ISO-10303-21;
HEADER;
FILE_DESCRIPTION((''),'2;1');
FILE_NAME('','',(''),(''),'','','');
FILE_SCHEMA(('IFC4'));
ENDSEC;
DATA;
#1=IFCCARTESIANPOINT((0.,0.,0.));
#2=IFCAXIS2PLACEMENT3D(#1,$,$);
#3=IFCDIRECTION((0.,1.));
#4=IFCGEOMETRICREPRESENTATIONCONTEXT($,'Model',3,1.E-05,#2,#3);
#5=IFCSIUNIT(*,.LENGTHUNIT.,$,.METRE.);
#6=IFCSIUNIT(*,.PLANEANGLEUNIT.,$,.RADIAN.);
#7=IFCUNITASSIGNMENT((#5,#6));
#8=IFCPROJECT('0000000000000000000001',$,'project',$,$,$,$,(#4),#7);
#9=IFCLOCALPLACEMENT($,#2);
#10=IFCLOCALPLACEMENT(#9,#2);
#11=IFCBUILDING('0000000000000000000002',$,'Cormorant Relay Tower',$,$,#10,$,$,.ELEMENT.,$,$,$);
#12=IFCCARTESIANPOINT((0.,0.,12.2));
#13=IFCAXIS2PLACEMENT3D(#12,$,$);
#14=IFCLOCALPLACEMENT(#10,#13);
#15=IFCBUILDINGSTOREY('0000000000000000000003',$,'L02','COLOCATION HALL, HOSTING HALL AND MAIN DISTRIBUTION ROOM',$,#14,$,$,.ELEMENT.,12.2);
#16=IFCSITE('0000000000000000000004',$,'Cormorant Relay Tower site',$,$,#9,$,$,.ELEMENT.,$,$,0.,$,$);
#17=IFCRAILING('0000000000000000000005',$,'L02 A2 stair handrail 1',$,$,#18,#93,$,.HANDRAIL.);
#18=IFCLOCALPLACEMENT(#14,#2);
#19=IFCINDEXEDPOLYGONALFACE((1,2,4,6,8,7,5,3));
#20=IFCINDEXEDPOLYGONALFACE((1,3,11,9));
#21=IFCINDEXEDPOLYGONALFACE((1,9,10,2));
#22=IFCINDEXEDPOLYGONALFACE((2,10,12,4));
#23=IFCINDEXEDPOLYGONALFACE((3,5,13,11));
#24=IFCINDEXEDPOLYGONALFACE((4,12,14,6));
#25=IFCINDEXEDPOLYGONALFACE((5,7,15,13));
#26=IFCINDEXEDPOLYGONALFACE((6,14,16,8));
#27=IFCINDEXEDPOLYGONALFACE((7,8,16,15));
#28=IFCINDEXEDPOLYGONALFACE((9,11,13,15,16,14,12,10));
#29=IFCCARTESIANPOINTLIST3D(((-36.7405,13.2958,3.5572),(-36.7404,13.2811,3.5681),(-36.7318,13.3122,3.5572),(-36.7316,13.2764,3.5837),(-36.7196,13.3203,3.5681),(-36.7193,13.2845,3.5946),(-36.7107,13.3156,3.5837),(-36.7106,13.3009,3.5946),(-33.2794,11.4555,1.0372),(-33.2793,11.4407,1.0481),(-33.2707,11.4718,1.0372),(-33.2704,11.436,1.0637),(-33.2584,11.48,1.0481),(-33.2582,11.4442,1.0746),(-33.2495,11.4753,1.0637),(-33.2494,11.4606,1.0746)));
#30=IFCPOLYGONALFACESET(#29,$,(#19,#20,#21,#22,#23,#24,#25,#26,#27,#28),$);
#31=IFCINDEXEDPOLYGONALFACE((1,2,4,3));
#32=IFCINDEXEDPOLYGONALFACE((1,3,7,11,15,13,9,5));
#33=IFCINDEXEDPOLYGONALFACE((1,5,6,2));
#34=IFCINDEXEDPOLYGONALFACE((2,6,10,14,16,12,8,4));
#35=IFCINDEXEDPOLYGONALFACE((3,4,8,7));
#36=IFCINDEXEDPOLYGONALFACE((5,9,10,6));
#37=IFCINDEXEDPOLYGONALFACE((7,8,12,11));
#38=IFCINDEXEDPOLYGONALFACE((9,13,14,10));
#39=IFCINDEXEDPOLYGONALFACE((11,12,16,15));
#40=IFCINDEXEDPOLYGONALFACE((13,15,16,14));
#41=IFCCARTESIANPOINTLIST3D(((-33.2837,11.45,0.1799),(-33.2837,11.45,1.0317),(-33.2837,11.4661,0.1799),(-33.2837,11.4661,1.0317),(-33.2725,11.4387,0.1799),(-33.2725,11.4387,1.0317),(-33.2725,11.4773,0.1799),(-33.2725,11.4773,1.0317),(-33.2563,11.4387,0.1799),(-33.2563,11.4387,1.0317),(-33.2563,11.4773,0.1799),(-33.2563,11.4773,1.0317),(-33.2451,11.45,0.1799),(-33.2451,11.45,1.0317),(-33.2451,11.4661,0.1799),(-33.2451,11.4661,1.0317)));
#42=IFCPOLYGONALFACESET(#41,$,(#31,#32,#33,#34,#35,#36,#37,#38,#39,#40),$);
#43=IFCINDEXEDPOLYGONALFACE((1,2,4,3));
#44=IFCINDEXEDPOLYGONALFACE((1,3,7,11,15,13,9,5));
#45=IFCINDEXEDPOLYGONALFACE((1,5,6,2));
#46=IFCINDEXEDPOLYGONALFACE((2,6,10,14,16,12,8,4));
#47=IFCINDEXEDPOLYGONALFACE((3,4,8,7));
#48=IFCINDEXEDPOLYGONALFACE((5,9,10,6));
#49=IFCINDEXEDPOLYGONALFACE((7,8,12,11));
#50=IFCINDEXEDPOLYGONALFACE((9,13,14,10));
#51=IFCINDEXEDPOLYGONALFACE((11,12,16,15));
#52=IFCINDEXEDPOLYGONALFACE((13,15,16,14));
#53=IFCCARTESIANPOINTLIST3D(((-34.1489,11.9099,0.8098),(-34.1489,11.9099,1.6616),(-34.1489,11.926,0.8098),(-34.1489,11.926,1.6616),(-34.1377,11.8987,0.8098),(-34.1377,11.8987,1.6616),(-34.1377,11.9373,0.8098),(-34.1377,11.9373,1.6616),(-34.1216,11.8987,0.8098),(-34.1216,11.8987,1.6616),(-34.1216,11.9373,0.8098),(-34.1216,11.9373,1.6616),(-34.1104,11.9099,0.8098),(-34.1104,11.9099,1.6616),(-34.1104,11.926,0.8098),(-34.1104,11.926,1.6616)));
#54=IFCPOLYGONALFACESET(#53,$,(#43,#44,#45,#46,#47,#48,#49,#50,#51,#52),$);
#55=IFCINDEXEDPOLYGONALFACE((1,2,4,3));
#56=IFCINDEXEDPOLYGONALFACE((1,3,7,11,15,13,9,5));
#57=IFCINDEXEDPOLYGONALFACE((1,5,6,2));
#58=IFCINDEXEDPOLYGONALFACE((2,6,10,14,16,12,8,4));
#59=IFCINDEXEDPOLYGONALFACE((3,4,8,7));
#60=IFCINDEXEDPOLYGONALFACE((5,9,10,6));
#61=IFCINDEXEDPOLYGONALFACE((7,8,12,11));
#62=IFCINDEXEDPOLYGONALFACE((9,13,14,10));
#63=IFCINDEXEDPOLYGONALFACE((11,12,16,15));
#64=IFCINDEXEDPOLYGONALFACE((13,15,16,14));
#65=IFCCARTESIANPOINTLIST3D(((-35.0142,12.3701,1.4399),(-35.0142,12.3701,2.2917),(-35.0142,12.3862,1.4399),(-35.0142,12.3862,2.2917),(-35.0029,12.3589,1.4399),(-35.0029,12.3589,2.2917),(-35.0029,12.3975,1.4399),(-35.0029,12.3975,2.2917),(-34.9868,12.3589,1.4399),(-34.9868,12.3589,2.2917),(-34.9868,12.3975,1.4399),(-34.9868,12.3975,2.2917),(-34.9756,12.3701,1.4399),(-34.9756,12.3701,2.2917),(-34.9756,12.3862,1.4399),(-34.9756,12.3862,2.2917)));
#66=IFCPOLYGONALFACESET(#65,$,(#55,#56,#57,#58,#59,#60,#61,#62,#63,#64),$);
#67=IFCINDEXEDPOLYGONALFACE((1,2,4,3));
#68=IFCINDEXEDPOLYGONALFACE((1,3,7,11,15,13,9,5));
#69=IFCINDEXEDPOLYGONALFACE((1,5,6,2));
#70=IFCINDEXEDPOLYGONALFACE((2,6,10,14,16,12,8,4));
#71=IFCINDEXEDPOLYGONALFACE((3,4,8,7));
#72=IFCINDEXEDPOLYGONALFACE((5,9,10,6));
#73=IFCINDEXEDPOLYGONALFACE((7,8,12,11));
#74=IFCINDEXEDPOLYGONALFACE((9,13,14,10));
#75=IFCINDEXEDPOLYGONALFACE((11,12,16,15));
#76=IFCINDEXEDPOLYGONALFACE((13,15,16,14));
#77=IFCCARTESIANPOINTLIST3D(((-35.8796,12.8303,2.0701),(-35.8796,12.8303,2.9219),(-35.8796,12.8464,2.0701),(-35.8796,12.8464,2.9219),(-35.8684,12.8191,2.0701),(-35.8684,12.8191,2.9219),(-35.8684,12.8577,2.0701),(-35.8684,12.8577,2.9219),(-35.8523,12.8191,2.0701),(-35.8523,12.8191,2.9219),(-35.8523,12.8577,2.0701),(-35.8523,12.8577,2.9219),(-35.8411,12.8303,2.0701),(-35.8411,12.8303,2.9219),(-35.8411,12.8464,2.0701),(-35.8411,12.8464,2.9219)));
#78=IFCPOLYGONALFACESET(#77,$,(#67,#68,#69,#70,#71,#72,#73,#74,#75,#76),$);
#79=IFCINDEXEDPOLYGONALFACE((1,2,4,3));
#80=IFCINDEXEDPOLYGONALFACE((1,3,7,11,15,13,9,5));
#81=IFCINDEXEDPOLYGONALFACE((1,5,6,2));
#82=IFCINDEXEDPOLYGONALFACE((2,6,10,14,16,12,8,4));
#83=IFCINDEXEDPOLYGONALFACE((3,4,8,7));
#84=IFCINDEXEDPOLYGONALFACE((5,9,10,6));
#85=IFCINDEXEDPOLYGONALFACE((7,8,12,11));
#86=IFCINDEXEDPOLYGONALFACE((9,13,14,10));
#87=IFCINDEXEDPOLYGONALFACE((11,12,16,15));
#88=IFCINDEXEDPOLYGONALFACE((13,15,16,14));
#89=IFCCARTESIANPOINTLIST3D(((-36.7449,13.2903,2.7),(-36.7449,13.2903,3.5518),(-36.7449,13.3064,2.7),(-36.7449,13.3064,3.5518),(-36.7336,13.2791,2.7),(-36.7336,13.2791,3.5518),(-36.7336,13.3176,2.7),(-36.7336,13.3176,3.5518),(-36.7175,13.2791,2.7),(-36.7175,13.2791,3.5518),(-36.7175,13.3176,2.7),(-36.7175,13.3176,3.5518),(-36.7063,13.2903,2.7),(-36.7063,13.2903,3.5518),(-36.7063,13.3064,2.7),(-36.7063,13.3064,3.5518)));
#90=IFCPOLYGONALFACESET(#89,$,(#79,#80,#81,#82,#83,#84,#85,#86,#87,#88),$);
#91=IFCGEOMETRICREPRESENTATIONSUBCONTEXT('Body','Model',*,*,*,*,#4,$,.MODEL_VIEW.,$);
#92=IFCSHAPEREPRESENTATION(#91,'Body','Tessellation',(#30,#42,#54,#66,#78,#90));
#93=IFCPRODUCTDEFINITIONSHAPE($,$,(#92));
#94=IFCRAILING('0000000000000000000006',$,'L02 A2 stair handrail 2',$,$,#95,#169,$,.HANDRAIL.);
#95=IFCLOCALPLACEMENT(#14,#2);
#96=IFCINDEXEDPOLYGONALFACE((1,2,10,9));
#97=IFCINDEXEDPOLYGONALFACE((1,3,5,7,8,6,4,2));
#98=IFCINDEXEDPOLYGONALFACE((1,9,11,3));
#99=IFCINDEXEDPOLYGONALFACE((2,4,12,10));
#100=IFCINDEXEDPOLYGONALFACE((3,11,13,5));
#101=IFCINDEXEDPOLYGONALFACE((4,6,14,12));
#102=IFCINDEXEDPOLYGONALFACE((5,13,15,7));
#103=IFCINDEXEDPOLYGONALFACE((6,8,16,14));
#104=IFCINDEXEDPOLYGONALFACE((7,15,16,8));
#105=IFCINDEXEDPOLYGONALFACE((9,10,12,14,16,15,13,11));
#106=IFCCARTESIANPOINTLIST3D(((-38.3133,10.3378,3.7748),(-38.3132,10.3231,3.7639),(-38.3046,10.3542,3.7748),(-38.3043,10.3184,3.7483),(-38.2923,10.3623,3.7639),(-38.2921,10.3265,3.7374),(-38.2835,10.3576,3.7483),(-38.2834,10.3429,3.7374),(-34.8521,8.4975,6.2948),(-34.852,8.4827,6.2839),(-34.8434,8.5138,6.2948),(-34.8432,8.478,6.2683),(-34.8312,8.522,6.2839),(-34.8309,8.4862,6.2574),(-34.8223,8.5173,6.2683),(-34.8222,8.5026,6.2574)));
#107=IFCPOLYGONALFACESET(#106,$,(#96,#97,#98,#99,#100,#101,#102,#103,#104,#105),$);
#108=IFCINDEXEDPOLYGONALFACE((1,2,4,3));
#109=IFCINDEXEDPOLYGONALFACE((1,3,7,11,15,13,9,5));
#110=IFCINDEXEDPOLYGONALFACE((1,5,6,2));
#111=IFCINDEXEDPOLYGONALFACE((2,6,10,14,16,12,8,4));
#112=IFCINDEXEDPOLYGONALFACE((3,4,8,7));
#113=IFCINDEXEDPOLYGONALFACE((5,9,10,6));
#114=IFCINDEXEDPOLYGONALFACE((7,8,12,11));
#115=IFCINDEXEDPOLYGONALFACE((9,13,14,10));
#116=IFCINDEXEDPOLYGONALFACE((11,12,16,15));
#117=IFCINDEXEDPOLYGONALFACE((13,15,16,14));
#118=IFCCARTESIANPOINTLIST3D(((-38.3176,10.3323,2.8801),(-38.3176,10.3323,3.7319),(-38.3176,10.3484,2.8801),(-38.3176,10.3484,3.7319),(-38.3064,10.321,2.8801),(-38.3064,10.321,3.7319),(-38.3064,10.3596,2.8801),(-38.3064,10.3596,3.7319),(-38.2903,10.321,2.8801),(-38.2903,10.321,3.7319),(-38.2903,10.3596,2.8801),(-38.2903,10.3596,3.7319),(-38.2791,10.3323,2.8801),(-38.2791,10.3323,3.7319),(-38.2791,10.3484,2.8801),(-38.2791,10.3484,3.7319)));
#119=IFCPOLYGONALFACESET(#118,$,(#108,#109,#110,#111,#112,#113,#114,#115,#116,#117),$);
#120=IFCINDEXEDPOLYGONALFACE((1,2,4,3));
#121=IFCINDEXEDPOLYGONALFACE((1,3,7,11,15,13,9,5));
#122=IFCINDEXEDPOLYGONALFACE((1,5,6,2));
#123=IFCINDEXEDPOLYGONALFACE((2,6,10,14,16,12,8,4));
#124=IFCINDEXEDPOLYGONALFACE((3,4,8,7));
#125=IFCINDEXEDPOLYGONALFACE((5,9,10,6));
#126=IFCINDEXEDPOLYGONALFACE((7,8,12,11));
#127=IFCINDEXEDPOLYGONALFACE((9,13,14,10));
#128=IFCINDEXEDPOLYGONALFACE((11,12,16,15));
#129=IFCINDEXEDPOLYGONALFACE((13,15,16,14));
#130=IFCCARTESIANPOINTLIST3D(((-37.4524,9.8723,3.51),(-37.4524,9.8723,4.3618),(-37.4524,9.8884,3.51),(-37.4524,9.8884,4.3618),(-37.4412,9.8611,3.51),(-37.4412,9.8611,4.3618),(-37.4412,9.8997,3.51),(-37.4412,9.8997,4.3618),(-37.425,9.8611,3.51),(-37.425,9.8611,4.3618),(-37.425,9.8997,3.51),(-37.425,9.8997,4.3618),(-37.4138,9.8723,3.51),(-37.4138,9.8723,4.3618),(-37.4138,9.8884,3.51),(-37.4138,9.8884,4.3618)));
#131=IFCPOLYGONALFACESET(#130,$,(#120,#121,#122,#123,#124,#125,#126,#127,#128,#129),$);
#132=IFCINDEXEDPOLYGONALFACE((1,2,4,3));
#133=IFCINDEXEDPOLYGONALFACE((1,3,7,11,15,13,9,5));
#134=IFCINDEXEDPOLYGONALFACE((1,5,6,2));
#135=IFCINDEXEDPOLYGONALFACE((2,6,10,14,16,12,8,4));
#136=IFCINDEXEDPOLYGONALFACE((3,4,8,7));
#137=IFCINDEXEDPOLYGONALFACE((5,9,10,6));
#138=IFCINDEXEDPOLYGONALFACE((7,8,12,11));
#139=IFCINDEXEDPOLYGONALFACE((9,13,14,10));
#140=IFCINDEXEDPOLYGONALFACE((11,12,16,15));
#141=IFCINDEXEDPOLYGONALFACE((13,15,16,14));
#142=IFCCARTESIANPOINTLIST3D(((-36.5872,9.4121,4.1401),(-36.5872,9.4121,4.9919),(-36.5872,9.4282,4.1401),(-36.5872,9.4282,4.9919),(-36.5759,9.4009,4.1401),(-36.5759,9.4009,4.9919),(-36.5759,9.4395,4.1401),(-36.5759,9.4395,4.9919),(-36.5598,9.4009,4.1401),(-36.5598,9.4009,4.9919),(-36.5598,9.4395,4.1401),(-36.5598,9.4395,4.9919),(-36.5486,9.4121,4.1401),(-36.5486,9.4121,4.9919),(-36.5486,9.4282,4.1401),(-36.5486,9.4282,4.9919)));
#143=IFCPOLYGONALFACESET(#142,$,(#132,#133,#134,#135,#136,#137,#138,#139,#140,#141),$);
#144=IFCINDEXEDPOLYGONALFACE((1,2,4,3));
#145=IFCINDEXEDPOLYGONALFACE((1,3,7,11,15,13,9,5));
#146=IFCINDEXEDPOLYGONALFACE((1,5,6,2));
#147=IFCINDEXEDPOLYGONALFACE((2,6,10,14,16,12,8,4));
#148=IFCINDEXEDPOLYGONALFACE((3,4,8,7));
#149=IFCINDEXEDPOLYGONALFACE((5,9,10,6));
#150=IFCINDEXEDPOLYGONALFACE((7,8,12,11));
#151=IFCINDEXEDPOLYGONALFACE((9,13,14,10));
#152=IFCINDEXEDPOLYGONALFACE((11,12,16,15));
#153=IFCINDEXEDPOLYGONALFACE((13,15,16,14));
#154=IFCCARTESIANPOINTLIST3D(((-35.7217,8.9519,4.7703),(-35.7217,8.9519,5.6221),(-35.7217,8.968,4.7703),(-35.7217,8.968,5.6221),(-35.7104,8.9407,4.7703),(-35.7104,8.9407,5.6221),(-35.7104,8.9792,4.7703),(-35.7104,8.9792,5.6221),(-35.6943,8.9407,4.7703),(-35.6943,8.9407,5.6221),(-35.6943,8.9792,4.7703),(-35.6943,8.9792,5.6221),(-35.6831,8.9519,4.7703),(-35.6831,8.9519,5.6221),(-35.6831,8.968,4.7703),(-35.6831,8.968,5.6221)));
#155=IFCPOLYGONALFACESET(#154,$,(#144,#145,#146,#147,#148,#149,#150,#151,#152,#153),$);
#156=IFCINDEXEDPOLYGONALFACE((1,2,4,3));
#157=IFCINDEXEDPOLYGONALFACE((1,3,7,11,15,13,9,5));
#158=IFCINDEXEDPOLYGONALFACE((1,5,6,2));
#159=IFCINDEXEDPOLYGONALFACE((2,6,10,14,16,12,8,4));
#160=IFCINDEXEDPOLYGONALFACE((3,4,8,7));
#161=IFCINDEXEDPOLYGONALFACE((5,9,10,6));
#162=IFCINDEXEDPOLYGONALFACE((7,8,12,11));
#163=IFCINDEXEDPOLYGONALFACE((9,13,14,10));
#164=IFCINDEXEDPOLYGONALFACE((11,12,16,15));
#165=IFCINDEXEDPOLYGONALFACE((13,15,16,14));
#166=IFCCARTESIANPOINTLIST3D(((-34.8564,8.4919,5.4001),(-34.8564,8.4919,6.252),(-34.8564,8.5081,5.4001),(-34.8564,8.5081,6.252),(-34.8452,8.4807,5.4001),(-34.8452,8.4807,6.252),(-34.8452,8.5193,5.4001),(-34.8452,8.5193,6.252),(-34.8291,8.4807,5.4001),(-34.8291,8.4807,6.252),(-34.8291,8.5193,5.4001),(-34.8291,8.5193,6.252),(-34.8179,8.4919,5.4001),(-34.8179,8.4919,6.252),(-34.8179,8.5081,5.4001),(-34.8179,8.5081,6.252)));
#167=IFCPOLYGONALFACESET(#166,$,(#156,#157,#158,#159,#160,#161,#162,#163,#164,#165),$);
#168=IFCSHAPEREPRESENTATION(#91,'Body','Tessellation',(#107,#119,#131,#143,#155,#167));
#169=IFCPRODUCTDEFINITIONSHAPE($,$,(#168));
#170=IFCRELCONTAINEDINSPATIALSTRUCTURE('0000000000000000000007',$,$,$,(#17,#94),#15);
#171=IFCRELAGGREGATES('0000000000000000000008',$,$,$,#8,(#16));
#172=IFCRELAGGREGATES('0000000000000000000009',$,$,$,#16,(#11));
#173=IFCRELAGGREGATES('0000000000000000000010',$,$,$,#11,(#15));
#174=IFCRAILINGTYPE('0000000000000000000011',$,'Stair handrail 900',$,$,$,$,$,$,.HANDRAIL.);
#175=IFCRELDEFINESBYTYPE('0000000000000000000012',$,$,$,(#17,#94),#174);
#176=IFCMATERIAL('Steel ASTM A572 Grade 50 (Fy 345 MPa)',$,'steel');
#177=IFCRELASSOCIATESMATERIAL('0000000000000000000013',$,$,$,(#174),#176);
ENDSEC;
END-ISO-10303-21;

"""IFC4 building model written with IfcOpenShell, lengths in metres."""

from ifc_helpers import new_model, si_unit, direction, frame, origin, place, context, subcontext, project, spatial, polyline, outline, extrude, material, type_object, element, save


model = new_model("IFC4")

# Units and contexts
model_context = context("Model", 3, precision=1e-05, world=origin(), true_north=direction((0.0, 1.0)))
body_context = subcontext(model_context, "Body", "Model", "MODEL_VIEW")
ifc_project = project(units=[si_unit("LENGTHUNIT", "METRE"), si_unit("PLANEANGLEUNIT", "RADIAN")], contexts=[model_context])

# Site, building, storey
site_placement = place(None, origin())
site = spatial("IfcSite", under=ifc_project, at=site_placement, Name="Cormorant Relay Tower site", CompositionType="ELEMENT", RefElevation=0.0)
building_placement = place(site_placement, origin())
building = spatial("IfcBuilding", under=site, at=building_placement, Name="Cormorant Relay Tower", CompositionType="ELEMENT")
storey_placement = place(building_placement, frame((0.0, 0.0, 12.2)))
storey = spatial("IfcBuildingStorey", under=building, at=storey_placement, Name="L02", Description="COLOCATION HALL, HOSTING HALL AND MAIN DISTRIBUTION ROOM", CompositionType="ELEMENT", Elevation=12.2)

# Railings
ifc_material_1 = material(Name="Steel ASTM A572 Grade 50 (Fy 345 MPa)", Category="steel")
railing_type_1 = type_object("IfcRailingType", Name="Stair handrail 900", PredefinedType="HANDRAIL", material=ifc_material_1)
railing_1_placement = place(storey_placement, frame((-33.2644, 11.458, 0.1799)))
element("IfcRailing", 1, at=railing_1_placement, inside=storey, type_object=railing_type_1, Name="L02 A2 stair handrail 1", PredefinedType="HANDRAIL", context=body_context, shape_type="SweptSolid", body=[
    extrude(outline(polyline([(0.0222, 0.0093), (0.0093, 0.0222), (-0.0093, 0.0222), (-0.0222, 0.0093), (-0.0222, -0.0093), (-0.0093, -0.0222), (0.0093, -0.0222), (0.0222, -0.0093), (0.0222, 0.0093)])), frame((0.0, 0.0, 0.876), z_axis=(-0.742717, 0.394907, 0.540758), x_axis=(-0.469469, -0.882949, 0.0)), (0.0, 0.0, 1.0), 4.6602),
    extrude(outline(polyline([(0.0193, 0.0081), (0.0081, 0.0193), (-0.0081, 0.0193), (-0.0193, 0.0081), (-0.0193, -0.0081), (-0.0081, -0.0193), (0.0081, -0.0193), (0.0193, -0.0081), (0.0193, 0.0081)])), origin(), (0.0, 0.0, 1.0), 0.8518),
    extrude(outline(polyline([(0.0193, 0.0081), (0.0081, 0.0193), (-0.0081, 0.0193), (-0.0193, 0.0081), (-0.0193, -0.0081), (-0.0081, -0.0193), (0.0081, -0.0193), (0.0193, -0.0081), (0.0193, 0.0081)])), frame((-0.8652, 0.46, 0.6299)), (0.0, 0.0, 1.0), 0.8518),
    extrude(outline(polyline([(0.0193, 0.0081), (0.0081, 0.0193), (-0.0081, 0.0193), (-0.0193, 0.0081), (-0.0193, -0.0081), (-0.0081, -0.0193), (0.0081, -0.0193), (0.0193, -0.0081), (0.0193, 0.0081)])), frame((-1.7305, 0.9202, 1.26)), (0.0, 0.0, 1.0), 0.8518),
    extrude(outline(polyline([(0.0193, 0.0081), (0.0081, 0.0193), (-0.0081, 0.0193), (-0.0193, 0.0081), (-0.0193, -0.0081), (-0.0081, -0.0193), (0.0081, -0.0193), (0.0193, -0.0081), (0.0193, 0.0081)])), frame((-2.5959, 1.3804, 1.8901)), (0.0, 0.0, 1.0), 0.8518),
    extrude(outline(polyline([(0.0193, 0.0081), (0.0081, 0.0193), (-0.0081, 0.0193), (-0.0193, 0.0081), (-0.0193, -0.0081), (-0.0081, -0.0193), (0.0081, -0.0193), (0.0193, -0.0081), (0.0193, 0.0081)])), frame((-3.4612, 1.8403, 2.52)), (0.0, 0.0, 1.0), 0.8518),
])
railing_2_placement = place(storey_placement, frame((-38.2983, 10.3403, 2.8801)))
element("IfcRailing", 2, at=railing_2_placement, inside=storey, type_object=railing_type_1, Name="L02 A2 stair handrail 2", PredefinedType="HANDRAIL", context=body_context, shape_type="SweptSolid", body=[
    extrude(outline(polyline([(0.0222, 0.0093), (0.0093, 0.0222), (-0.0093, 0.0222), (-0.0222, 0.0093), (-0.0222, -0.0093), (-0.0093, -0.0222), (0.0093, -0.0222), (0.0222, -0.0093), (0.0222, 0.0093)])), frame((0.0, 0.0, 0.876), z_axis=(0.742717, -0.394907, 0.540758), x_axis=(0.469469, 0.882949, 0.0)), (0.0, 0.0, 1.0), 4.6602),
    extrude(outline(polyline([(0.0193, 0.0081), (0.0081, 0.0193), (-0.0081, 0.0193), (-0.0193, 0.0081), (-0.0193, -0.0081), (-0.0081, -0.0193), (0.0081, -0.0193), (0.0193, -0.0081), (0.0193, 0.0081)])), origin(), (0.0, 0.0, 1.0), 0.8518),
    extrude(outline(polyline([(0.0193, 0.0081), (0.0081, 0.0193), (-0.0081, 0.0193), (-0.0193, 0.0081), (-0.0193, -0.0081), (-0.0081, -0.0193), (0.0081, -0.0193), (0.0193, -0.0081), (0.0193, 0.0081)])), frame((0.8652, -0.46, 0.6299)), (0.0, 0.0, 1.0), 0.8518),
    extrude(outline(polyline([(0.0193, 0.0081), (0.0081, 0.0193), (-0.0081, 0.0193), (-0.0193, 0.0081), (-0.0193, -0.0081), (-0.0081, -0.0193), (0.0081, -0.0193), (0.0193, -0.0081), (0.0193, 0.0081)])), frame((1.7305, -0.9202, 1.26)), (0.0, 0.0, 1.0), 0.8518),
    extrude(outline(polyline([(0.0193, 0.0081), (0.0081, 0.0193), (-0.0081, 0.0193), (-0.0193, 0.0081), (-0.0193, -0.0081), (-0.0081, -0.0193), (0.0081, -0.0193), (0.0193, -0.0081), (0.0193, 0.0081)])), frame((2.5959, -1.3804, 1.8901)), (0.0, 0.0, 1.0), 0.8518),
    extrude(outline(polyline([(0.0193, 0.0081), (0.0081, 0.0193), (-0.0081, 0.0193), (-0.0193, 0.0081), (-0.0193, -0.0081), (-0.0081, -0.0193), (0.0081, -0.0193), (0.0193, -0.0081), (0.0193, 0.0081)])), frame((3.4612, -1.8403, 2.52)), (0.0, 0.0, 1.0), 0.8518),
])

save(model, "model.ifc")
